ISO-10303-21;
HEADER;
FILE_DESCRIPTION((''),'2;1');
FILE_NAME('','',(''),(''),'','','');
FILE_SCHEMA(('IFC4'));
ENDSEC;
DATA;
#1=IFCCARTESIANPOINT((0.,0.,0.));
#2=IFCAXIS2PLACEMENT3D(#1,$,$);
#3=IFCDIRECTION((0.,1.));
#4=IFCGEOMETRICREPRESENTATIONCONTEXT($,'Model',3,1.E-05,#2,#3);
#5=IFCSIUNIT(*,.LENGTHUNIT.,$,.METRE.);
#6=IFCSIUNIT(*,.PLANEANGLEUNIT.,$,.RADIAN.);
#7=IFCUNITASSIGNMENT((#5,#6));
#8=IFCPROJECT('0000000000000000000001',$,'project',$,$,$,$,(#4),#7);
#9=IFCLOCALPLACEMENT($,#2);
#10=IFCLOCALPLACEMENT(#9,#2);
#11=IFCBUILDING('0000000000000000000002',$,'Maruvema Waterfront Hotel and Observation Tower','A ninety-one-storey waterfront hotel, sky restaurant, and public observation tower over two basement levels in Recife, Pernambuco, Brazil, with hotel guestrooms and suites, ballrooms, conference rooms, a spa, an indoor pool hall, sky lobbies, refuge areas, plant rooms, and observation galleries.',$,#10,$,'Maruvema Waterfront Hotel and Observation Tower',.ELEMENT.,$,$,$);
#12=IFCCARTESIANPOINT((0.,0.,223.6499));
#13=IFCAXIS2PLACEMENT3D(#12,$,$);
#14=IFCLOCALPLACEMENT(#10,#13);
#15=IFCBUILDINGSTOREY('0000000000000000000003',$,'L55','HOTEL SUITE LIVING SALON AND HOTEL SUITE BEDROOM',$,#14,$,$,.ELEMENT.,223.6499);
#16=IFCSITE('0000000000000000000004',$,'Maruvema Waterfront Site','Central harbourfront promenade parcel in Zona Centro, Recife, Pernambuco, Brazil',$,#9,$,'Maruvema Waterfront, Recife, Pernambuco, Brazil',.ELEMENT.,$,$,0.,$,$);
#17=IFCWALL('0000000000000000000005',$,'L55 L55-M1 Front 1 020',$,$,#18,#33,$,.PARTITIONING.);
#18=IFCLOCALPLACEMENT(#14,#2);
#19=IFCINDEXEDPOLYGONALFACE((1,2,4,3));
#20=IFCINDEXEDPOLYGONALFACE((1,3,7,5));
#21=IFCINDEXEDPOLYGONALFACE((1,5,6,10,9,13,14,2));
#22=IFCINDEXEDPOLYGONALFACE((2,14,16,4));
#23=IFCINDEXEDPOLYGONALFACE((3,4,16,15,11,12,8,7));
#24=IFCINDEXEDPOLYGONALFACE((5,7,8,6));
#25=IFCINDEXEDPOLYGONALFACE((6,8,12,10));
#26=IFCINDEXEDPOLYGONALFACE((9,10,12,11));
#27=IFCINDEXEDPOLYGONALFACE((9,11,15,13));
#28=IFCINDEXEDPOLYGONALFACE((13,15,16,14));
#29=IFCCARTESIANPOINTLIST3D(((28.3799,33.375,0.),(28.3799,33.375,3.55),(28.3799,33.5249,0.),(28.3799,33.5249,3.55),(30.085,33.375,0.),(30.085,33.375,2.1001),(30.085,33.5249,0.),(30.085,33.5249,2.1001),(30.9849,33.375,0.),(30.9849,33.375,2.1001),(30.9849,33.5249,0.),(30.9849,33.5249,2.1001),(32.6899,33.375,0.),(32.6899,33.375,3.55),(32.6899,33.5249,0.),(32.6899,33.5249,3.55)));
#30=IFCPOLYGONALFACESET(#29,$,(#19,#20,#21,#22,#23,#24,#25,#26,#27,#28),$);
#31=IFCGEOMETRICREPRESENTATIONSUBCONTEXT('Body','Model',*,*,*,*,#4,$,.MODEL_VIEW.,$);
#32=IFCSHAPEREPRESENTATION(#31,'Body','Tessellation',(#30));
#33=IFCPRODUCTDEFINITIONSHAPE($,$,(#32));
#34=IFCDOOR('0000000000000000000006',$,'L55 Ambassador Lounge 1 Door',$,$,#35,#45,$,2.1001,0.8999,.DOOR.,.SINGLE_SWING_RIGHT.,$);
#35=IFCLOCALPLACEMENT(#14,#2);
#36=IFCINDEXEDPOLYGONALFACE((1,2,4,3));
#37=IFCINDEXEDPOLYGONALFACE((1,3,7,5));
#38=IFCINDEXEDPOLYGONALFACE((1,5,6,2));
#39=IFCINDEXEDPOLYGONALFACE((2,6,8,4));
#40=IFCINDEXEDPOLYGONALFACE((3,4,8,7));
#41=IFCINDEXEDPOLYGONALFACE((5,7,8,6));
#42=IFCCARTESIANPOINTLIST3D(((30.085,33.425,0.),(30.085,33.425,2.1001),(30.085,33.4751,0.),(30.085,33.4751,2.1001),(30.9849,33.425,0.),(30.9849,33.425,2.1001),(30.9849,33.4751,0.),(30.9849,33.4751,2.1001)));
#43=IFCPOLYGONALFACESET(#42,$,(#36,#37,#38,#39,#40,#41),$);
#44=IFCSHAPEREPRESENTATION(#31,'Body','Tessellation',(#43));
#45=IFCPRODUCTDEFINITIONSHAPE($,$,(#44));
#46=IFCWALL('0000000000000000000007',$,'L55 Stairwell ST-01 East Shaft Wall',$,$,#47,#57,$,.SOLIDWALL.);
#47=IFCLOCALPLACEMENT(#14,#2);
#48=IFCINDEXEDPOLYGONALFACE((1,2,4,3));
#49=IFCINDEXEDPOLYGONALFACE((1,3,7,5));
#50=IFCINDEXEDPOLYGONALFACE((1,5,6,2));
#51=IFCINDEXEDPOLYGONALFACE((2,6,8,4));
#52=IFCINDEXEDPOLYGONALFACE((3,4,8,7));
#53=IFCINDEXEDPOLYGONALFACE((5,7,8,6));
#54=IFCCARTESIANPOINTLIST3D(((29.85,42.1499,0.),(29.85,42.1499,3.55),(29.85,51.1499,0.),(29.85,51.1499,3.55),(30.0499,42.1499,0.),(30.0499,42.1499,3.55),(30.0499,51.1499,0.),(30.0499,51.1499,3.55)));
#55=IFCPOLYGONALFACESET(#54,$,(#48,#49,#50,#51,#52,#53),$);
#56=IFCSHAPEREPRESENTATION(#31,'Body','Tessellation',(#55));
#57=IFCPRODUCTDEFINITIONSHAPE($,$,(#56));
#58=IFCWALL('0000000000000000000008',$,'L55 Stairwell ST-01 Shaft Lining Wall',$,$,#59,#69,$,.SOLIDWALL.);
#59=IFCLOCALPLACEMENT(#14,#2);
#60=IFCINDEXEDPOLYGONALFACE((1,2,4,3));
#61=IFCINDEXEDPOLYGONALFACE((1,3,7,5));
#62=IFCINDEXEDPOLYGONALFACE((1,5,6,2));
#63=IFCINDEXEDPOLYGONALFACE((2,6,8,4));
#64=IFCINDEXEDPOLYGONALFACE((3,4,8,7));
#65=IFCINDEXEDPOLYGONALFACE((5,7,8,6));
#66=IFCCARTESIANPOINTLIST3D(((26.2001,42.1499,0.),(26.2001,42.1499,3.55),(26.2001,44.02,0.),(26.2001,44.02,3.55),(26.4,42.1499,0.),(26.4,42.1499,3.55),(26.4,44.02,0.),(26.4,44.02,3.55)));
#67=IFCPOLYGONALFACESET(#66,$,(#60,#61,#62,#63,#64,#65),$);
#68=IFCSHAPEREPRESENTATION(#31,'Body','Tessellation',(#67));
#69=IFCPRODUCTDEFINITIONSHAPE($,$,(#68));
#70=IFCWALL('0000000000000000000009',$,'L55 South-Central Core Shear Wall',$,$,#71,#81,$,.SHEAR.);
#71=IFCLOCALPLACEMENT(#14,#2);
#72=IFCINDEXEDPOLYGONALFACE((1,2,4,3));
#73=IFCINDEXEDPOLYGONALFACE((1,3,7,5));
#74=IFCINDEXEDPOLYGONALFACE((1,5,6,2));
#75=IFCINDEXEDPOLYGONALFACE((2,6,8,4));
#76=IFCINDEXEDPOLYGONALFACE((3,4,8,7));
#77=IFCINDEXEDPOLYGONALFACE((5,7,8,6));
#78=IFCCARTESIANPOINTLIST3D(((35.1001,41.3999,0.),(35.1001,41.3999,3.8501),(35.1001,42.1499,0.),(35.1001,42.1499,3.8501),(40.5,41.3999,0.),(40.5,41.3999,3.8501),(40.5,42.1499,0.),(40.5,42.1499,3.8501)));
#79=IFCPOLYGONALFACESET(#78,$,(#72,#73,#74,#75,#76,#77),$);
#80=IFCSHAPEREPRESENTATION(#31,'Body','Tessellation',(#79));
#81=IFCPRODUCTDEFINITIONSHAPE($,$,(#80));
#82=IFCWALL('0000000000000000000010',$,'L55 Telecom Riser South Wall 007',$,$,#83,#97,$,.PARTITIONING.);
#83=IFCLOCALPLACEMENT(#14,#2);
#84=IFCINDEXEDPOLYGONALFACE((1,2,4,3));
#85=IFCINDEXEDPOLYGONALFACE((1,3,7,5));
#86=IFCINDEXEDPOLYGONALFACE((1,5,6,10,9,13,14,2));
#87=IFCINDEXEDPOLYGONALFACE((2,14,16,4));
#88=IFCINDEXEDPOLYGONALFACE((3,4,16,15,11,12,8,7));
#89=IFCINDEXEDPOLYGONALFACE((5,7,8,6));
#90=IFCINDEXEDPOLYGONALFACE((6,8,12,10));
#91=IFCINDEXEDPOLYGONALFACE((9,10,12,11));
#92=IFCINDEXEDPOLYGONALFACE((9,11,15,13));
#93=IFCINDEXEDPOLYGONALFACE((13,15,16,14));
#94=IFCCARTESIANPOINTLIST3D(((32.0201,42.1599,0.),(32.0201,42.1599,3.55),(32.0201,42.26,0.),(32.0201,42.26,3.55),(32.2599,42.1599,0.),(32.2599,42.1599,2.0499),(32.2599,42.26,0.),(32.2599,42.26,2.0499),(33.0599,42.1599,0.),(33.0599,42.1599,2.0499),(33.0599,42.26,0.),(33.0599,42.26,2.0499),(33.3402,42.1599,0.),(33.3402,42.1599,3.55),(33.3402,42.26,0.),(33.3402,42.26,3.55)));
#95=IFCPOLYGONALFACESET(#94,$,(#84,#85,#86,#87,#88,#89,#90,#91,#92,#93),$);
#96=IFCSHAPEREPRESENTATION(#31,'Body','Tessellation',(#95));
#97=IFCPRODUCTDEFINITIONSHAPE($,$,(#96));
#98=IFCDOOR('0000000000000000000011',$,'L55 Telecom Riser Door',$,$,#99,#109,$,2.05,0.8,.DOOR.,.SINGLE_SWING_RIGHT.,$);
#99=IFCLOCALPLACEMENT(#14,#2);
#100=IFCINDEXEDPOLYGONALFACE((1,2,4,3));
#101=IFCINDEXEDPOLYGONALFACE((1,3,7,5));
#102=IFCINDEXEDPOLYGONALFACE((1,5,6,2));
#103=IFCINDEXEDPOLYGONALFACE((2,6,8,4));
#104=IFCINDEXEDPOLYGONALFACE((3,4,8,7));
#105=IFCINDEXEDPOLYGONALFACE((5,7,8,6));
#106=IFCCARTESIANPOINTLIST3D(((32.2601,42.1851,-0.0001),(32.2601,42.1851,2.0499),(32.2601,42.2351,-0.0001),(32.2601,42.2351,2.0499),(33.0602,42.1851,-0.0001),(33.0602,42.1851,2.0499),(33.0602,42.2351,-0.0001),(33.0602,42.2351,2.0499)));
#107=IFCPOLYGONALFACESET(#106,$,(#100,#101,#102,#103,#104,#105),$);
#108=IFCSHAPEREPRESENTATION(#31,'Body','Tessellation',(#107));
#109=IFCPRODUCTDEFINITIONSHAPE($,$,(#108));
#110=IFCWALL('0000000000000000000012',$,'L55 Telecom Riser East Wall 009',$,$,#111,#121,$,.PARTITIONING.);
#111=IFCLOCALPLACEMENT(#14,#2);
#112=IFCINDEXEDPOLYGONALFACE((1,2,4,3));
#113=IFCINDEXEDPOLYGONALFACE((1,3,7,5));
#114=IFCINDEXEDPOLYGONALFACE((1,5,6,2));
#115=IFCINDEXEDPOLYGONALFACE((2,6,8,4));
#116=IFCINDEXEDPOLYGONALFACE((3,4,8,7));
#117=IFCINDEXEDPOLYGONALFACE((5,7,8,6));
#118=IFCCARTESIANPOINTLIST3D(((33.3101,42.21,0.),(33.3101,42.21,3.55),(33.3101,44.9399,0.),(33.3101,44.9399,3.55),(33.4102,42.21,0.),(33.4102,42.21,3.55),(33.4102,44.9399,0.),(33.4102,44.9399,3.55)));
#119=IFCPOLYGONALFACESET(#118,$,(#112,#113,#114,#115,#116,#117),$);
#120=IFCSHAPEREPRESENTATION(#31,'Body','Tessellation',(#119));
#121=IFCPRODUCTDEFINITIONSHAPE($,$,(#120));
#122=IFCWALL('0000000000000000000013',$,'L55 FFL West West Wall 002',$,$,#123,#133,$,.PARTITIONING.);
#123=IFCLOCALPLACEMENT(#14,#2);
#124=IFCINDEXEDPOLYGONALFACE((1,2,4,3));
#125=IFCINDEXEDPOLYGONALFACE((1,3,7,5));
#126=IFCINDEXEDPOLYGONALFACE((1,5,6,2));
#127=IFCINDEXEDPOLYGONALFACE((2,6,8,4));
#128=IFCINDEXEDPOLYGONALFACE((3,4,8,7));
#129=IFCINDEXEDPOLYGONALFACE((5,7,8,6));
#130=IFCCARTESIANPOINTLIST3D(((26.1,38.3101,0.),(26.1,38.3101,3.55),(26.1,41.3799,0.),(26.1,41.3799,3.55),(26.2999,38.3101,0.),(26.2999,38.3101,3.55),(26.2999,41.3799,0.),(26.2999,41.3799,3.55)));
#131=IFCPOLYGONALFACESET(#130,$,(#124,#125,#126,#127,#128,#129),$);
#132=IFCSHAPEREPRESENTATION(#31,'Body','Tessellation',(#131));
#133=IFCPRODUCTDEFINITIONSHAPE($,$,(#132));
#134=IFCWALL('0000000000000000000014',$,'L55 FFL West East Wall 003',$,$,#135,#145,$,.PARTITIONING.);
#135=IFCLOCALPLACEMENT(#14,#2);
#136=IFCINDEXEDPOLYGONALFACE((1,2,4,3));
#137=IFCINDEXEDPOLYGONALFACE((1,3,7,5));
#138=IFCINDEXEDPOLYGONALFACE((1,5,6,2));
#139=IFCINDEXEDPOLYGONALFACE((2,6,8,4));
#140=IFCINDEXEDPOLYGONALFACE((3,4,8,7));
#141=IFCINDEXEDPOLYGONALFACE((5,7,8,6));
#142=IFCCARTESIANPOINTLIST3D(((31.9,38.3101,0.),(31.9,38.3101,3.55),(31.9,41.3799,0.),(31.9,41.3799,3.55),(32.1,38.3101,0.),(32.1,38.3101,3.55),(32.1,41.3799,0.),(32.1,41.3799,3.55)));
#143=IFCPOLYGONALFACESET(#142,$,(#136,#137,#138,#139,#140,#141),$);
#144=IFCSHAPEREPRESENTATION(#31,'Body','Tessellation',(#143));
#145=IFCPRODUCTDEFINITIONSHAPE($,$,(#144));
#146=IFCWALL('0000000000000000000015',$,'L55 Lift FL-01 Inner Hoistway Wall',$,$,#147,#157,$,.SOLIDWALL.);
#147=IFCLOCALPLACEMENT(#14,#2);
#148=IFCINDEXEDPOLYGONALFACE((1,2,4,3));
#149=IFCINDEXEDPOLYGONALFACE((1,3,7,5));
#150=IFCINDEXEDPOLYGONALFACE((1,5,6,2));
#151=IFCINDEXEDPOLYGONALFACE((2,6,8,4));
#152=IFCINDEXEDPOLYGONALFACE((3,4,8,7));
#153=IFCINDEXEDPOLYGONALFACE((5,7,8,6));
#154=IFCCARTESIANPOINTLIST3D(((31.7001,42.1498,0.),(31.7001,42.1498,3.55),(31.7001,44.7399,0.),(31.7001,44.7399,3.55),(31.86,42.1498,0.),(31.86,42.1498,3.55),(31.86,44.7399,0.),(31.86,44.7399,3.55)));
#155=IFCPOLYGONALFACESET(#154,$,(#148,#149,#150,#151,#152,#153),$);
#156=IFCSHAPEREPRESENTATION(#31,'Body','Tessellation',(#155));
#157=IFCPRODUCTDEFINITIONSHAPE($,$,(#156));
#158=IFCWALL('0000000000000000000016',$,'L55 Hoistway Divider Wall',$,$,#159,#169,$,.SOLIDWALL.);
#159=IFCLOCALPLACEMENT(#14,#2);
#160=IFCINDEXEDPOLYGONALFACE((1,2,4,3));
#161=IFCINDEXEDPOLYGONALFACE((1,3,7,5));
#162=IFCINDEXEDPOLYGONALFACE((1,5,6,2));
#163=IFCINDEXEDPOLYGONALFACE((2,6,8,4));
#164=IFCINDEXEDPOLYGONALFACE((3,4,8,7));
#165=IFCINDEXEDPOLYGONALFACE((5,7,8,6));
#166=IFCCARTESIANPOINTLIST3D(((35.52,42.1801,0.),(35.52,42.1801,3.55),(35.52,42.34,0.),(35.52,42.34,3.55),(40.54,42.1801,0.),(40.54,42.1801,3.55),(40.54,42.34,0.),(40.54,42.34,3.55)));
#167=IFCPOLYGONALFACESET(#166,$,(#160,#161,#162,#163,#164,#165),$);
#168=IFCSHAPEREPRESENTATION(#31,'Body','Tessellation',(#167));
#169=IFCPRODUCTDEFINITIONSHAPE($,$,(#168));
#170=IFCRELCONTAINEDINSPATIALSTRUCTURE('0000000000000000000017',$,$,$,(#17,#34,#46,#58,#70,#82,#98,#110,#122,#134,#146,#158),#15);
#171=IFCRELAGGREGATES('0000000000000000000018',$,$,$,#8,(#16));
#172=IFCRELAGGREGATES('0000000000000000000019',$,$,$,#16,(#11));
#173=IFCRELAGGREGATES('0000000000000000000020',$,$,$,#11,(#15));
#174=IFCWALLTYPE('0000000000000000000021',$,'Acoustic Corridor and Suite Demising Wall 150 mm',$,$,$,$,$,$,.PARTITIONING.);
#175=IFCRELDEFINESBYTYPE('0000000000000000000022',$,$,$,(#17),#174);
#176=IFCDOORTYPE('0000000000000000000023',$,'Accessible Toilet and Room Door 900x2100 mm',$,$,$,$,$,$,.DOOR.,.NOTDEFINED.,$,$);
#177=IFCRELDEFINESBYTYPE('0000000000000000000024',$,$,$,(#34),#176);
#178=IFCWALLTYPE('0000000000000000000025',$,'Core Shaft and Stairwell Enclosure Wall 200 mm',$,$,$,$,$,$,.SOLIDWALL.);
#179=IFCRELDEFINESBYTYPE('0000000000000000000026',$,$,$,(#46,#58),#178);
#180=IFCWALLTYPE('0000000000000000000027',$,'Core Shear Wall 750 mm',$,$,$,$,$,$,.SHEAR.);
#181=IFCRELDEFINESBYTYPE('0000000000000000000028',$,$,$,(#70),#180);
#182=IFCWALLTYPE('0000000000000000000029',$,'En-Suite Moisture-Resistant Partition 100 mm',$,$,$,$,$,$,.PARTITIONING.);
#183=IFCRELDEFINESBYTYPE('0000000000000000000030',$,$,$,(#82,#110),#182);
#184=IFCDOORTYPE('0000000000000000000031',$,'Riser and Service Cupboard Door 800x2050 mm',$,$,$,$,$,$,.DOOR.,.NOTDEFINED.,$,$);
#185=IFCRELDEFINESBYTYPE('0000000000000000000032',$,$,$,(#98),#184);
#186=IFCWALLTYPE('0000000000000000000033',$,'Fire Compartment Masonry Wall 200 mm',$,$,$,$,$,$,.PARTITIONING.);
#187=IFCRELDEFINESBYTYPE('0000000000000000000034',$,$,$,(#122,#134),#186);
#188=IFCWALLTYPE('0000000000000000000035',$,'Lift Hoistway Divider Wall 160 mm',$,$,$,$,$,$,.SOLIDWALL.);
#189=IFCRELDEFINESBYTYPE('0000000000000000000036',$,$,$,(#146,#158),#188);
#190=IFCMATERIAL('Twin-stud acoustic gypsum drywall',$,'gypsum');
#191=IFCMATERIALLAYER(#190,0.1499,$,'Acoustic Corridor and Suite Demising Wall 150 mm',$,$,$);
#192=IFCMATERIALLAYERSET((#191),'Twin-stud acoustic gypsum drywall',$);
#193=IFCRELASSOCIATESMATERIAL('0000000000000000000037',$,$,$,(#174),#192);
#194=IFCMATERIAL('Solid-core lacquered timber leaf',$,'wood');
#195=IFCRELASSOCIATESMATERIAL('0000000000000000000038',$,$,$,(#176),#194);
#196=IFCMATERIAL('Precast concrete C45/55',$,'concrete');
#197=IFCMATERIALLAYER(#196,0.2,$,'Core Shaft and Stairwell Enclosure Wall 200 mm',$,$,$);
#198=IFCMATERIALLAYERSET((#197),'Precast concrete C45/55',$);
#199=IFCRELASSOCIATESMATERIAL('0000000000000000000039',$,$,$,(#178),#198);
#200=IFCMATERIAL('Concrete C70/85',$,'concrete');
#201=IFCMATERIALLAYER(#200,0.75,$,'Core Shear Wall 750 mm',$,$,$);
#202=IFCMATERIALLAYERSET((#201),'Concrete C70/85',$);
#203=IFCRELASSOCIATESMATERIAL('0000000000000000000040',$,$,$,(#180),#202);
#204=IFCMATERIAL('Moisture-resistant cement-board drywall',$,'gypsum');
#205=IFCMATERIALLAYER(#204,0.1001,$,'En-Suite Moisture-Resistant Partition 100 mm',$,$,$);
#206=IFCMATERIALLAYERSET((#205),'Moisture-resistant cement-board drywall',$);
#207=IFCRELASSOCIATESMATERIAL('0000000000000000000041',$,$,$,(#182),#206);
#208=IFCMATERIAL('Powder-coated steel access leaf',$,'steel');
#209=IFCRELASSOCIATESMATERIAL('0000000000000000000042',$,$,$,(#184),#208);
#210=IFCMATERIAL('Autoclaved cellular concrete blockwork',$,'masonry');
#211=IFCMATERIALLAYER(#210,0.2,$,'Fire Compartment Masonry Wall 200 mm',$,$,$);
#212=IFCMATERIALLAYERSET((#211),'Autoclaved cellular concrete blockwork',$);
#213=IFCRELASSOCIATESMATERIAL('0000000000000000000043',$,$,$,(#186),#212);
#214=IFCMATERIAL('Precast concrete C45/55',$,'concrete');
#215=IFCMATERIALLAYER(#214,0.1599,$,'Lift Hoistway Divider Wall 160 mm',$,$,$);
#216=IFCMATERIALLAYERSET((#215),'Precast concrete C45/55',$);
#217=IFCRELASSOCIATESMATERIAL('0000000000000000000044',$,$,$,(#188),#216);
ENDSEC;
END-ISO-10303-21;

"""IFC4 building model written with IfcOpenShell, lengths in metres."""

from ifc_helpers import new_model, si_unit, direction, frame, frame_2d, origin, place, context, subcontext, project, spatial, rectangle, extrude, material, layer, layer_set, type_object, element, fill, save


model = new_model("IFC4")

# Units and contexts
model_context = context("Model", 3, precision=1e-05, world=origin(), true_north=direction((0.0, 1.0)))
body_context = subcontext(model_context, "Body", "Model", "MODEL_VIEW")
ifc_project = project(units=[si_unit("LENGTHUNIT", "METRE"), si_unit("PLANEANGLEUNIT", "RADIAN")], contexts=[model_context])

# Site, building, storey
site_placement = place(None, origin())
site = spatial("IfcSite", under=ifc_project, at=site_placement, Name="Maruvema Waterfront Site", Description="Central harbourfront promenade parcel in Zona Centro, Recife, Pernambuco, Brazil", LongName="Maruvema Waterfront, Recife, Pernambuco, Brazil", CompositionType="ELEMENT", RefElevation=0.0)
building_placement = place(site_placement, origin())
building = spatial("IfcBuilding", under=site, at=building_placement, Name="Maruvema Waterfront Hotel and Observation Tower", Description="A ninety-one-storey waterfront hotel, sky restaurant, and public observation tower over two basement levels in Recife, Pernambuco, Brazil, with hotel guestrooms and suites, ballrooms, conference rooms, a spa, an indoor pool hall, sky lobbies, refuge areas, plant rooms, and observation galleries.", LongName="Maruvema Waterfront Hotel and Observation Tower", CompositionType="ELEMENT")
storey_placement = place(building_placement, frame((0.0, 0.0, 223.6499)))
storey = spatial("IfcBuildingStorey", under=building, at=storey_placement, Name="L55", Description="HOTEL SUITE LIVING SALON AND HOTEL SUITE BEDROOM", CompositionType="ELEMENT", Elevation=223.6499)

# Shared definitions
ifc_material_1 = material(Name="Twin-stud acoustic gypsum drywall", Category="gypsum")
ifc_layer_1 = layer(ifc_material_1, 0.1499, Name="Acoustic Corridor and Suite Demising Wall 150 mm")
ifc_layer_set_1 = layer_set([ifc_layer_1], Name="Twin-stud acoustic gypsum drywall")
wall_type_1 = type_object("IfcWallType", Name="Acoustic Corridor and Suite Demising Wall 150 mm", PredefinedType="PARTITIONING", material=ifc_layer_set_1)

# Wall, opening, door
wall_1_placement = place(storey_placement, frame((28.3799, 33.45, 0.0), z_axis=(0.0, 0.0, 1.0), x_axis=(1.0, 0.0, 0.0)))
wall_1 = element("IfcWall", 1, at=wall_1_placement, inside=storey, type_object=wall_type_1, Name="L55 L55-M1 Front 1 020", PredefinedType="PARTITIONING", context=body_context, shape_type="SweptSolid", body=[
    extrude(rectangle(XDim=4.3101, YDim=0.1499, at=frame_2d((2.155, 0.0))), origin(), (0.0, 0.0, 1.0), 3.55),
])
opening_1_placement = place(wall_1_placement, frame((1.7051, 0.0, 0.0)))
opening_1 = element("IfcOpeningElement", 2, at=opening_1_placement, cuts=wall_1, PredefinedType="OPENING", context=body_context, shape_type="SweptSolid", body=[
    extrude(rectangle(XDim=0.8999, YDim=2.1001, at=frame_2d((0.45, 1.05))), frame((0.0, 0.085, 0.0), z_axis=(0.0, -1.0, 0.0), x_axis=(1.0, 0.0, 0.0)), (0.0, 0.0, 1.0), 0.1699),
])
ifc_material_2 = material(Name="Solid-core lacquered timber leaf", Category="wood")
door_type_1 = type_object("IfcDoorType", Name="Accessible Toilet and Room Door 900x2100 mm", OperationType="NOTDEFINED", PredefinedType="DOOR", material=ifc_material_2)
door_1_placement = place(opening_1_placement, frame((0.8999, 0.0, 0.0), z_axis=(0.0, 0.0, 1.0), x_axis=(-1.0, 0.0, 0.0)))
door_1 = element("IfcDoor", 3, at=door_1_placement, inside=storey, type_object=door_type_1, Name="L55 Ambassador Lounge 1 Door", OperationType="SINGLE_SWING_RIGHT", OverallHeight=2.1001, OverallWidth=0.8999, PredefinedType="DOOR", context=body_context, shape_type="SweptSolid", body=[
    extrude(rectangle(XDim=0.8999, YDim=2.1001, at=frame_2d((0.45, 1.05))), frame((0.0, 0.0249, 0.0), z_axis=(0.0, -1.0, 0.0), x_axis=(1.0, 0.0, 0.0)), (0.0, 0.0, 1.0), 0.05),
])
fill(opening_1, door_1)

# Walls
ifc_material_3 = material(Name="Precast concrete C45/55", Category="concrete")
ifc_layer_2 = layer(ifc_material_3, 0.2, Name="Core Shaft and Stairwell Enclosure Wall 200 mm")
ifc_layer_set_2 = layer_set([ifc_layer_2], Name="Precast concrete C45/55")
wall_type_2 = type_object("IfcWallType", Name="Core Shaft and Stairwell Enclosure Wall 200 mm", PredefinedType="SOLIDWALL", material=ifc_layer_set_2)
wall_2_placement = place(storey_placement, frame((29.95, 42.1499, 0.0), z_axis=(0.0, 0.0, 1.0), x_axis=(0.0, 1.0, 0.0)))
element("IfcWall", 4, at=wall_2_placement, inside=storey, type_object=wall_type_2, Name="L55 Stairwell ST-01 East Shaft Wall", PredefinedType="SOLIDWALL", context=body_context, shape_type="SweptSolid", body=[
    extrude(rectangle(XDim=9.0, YDim=0.2, at=frame_2d((4.5, 0.0))), origin(), (0.0, 0.0, 1.0), 3.55),
])
wall_3_placement = place(storey_placement, frame((26.3, 42.1499, 0.0), z_axis=(0.0, 0.0, 1.0), x_axis=(0.0, 1.0, 0.0)))
element("IfcWall", 5, at=wall_3_placement, inside=storey, type_object=wall_type_2, Name="L55 Stairwell ST-01 Shaft Lining Wall", PredefinedType="SOLIDWALL", context=body_context, shape_type="SweptSolid", body=[
    extrude(rectangle(XDim=1.8701, YDim=0.2, at=frame_2d((0.9351, 0.0))), origin(), (0.0, 0.0, 1.0), 3.55),
])
ifc_material_4 = material(Name="Concrete C70/85", Category="concrete")
ifc_layer_3 = layer(ifc_material_4, 0.75, Name="Core Shear Wall 750 mm")
ifc_layer_set_3 = layer_set([ifc_layer_3], Name="Concrete C70/85")
wall_type_3 = type_object("IfcWallType", Name="Core Shear Wall 750 mm", PredefinedType="SHEAR", material=ifc_layer_set_3)
wall_4_placement = place(storey_placement, frame((35.1001, 41.7749, 0.0), z_axis=(0.0, 0.0, 1.0), x_axis=(1.0, 0.0, 0.0)))
element("IfcWall", 6, at=wall_4_placement, inside=storey, type_object=wall_type_3, Name="L55 South-Central Core Shear Wall", PredefinedType="SHEAR", context=body_context, shape_type="SweptSolid", body=[
    extrude(rectangle(XDim=5.3999, YDim=0.75, at=frame_2d((2.7, 0.0))), origin(), (0.0, 0.0, 1.0), 3.8501),
])

# Wall, opening, door
ifc_material_5 = material(Name="Moisture-resistant cement-board drywall", Category="gypsum")
ifc_layer_4 = layer(ifc_material_5, 0.1001, Name="En-Suite Moisture-Resistant Partition 100 mm")
ifc_layer_set_4 = layer_set([ifc_layer_4], Name="Moisture-resistant cement-board drywall")
wall_type_4 = type_object("IfcWallType", Name="En-Suite Moisture-Resistant Partition 100 mm", PredefinedType="PARTITIONING", material=ifc_layer_set_4)
wall_5_placement = place(storey_placement, frame((32.02, 42.21, 0.0), z_axis=(0.0, 0.0, 1.0), x_axis=(1.0, 0.0, 0.0)))
wall_5 = element("IfcWall", 7, at=wall_5_placement, inside=storey, type_object=wall_type_4, Name="L55 Telecom Riser South Wall 007", PredefinedType="PARTITIONING", context=body_context, shape_type="SweptSolid", body=[
    extrude(rectangle(XDim=1.3201, YDim=0.1001, at=frame_2d((0.6602, 0.0))), origin(), (0.0, 0.0, 1.0), 3.55),
])
opening_2_placement = place(wall_5_placement, frame((0.24, 0.0, 0.0)))
opening_2 = element("IfcOpeningElement", 8, at=opening_2_placement, cuts=wall_5, PredefinedType="OPENING", context=body_context, shape_type="SweptSolid", body=[
    extrude(rectangle(XDim=0.8, YDim=2.05, at=frame_2d((0.3999, 1.0249))), frame((0.0, 0.0601, 0.0), z_axis=(0.0, -1.0, 0.0), x_axis=(1.0, 0.0, 0.0)), (0.0, 0.0, 1.0), 0.1201),
])
ifc_material_6 = material(Name="Powder-coated steel access leaf", Category="steel")
door_type_2 = type_object("IfcDoorType", Name="Riser and Service Cupboard Door 800x2050 mm", OperationType="NOTDEFINED", PredefinedType="DOOR", material=ifc_material_6)
door_2_placement = place(opening_2_placement, frame((0.8, 0.0, 0.0), z_axis=(0.0, 0.0, 1.0), x_axis=(-1.0, 0.0, 0.0)))
door_2 = element("IfcDoor", 9, at=door_2_placement, inside=storey, type_object=door_type_2, Name="L55 Telecom Riser Door", OperationType="SINGLE_SWING_RIGHT", OverallHeight=2.05, OverallWidth=0.8, PredefinedType="DOOR", context=body_context, shape_type="SweptSolid", body=[
    extrude(rectangle(XDim=0.8, YDim=2.05, at=frame_2d((0.3999, 1.0249))), frame((0.0, 0.0249, 0.0), z_axis=(0.0, -1.0, 0.0), x_axis=(1.0, 0.0, 0.0)), (0.0, 0.0, 1.0), 0.05),
])
fill(opening_2, door_2)

# Wall
wall_6_placement = place(storey_placement, frame((33.3601, 42.21, 0.0), z_axis=(0.0, 0.0, 1.0), x_axis=(0.0, 1.0, 0.0)))
element("IfcWall", 10, at=wall_6_placement, inside=storey, type_object=wall_type_4, Name="L55 Telecom Riser East Wall 009", PredefinedType="PARTITIONING", context=body_context, shape_type="SweptSolid", body=[
    extrude(rectangle(XDim=2.73, YDim=0.1001, at=frame_2d((1.365, 0.0))), origin(), (0.0, 0.0, 1.0), 3.55),
])

# Shared definitions
ifc_material_7 = material(Name="Autoclaved cellular concrete blockwork", Category="masonry")
ifc_layer_5 = layer(ifc_material_7, 0.2, Name="Fire Compartment Masonry Wall 200 mm")
ifc_layer_set_5 = layer_set([ifc_layer_5], Name="Autoclaved cellular concrete blockwork")
wall_type_5 = type_object("IfcWallType", Name="Fire Compartment Masonry Wall 200 mm", PredefinedType="PARTITIONING", material=ifc_layer_set_5)

# Walls
for number, where, z_axis, x_axis, name in (
    (11, (26.2, 38.3101, 0.0), (0.0, 0.0, 1.0), (0.0, 1.0, 0.0), "L55 FFL West West Wall 002"),
    (12, (32.0, 38.3101, 0.0), (0.0, 0.0, 1.0), (0.0, 1.0, 0.0), "L55 FFL West East Wall 003"),
):
    element("IfcWall", number, at=place(storey_placement, frame(where, z_axis=z_axis, x_axis=x_axis)), inside=storey, type_object=wall_type_5, Name=name, PredefinedType="PARTITIONING", context=body_context, shape_type="SweptSolid", body=[
        extrude(rectangle(XDim=3.0698, YDim=0.2, at=frame_2d((1.5349, 0.0))), origin(), (0.0, 0.0, 1.0), 3.55),
    ])
ifc_material_8 = material(Name="Precast concrete C45/55", Category="concrete")
ifc_layer_6 = layer(ifc_material_8, 0.1599, Name="Lift Hoistway Divider Wall 160 mm")
ifc_layer_set_6 = layer_set([ifc_layer_6], Name="Precast concrete C45/55")
wall_type_6 = type_object("IfcWallType", Name="Lift Hoistway Divider Wall 160 mm", PredefinedType="SOLIDWALL", material=ifc_layer_set_6)
wall_7_placement = place(storey_placement, frame((31.78, 42.1499, 0.0), z_axis=(0.0, 0.0, 1.0), x_axis=(0.0, 1.0, 0.0)))
element("IfcWall", 13, at=wall_7_placement, inside=storey, type_object=wall_type_6, Name="L55 Lift FL-01 Inner Hoistway Wall", PredefinedType="SOLIDWALL", context=body_context, shape_type="SweptSolid", body=[
    extrude(rectangle(XDim=2.5901, YDim=0.1599, at=frame_2d((1.2949, 0.0))), origin(), (0.0, 0.0, 1.0), 3.55),
])
wall_8_placement = place(storey_placement, frame((35.52, 42.26, 0.0), z_axis=(0.0, 0.0, 1.0), x_axis=(1.0, 0.0, 0.0)))
element("IfcWall", 14, at=wall_8_placement, inside=storey, type_object=wall_type_6, Name="L55 Hoistway Divider Wall", PredefinedType="SOLIDWALL", context=body_context, shape_type="SweptSolid", body=[
    extrude(rectangle(XDim=5.02, YDim=0.1599, at=frame_2d((2.51, 0.0))), origin(), (0.0, 0.0, 1.0), 3.55),
])

save(model, "model.ifc")
